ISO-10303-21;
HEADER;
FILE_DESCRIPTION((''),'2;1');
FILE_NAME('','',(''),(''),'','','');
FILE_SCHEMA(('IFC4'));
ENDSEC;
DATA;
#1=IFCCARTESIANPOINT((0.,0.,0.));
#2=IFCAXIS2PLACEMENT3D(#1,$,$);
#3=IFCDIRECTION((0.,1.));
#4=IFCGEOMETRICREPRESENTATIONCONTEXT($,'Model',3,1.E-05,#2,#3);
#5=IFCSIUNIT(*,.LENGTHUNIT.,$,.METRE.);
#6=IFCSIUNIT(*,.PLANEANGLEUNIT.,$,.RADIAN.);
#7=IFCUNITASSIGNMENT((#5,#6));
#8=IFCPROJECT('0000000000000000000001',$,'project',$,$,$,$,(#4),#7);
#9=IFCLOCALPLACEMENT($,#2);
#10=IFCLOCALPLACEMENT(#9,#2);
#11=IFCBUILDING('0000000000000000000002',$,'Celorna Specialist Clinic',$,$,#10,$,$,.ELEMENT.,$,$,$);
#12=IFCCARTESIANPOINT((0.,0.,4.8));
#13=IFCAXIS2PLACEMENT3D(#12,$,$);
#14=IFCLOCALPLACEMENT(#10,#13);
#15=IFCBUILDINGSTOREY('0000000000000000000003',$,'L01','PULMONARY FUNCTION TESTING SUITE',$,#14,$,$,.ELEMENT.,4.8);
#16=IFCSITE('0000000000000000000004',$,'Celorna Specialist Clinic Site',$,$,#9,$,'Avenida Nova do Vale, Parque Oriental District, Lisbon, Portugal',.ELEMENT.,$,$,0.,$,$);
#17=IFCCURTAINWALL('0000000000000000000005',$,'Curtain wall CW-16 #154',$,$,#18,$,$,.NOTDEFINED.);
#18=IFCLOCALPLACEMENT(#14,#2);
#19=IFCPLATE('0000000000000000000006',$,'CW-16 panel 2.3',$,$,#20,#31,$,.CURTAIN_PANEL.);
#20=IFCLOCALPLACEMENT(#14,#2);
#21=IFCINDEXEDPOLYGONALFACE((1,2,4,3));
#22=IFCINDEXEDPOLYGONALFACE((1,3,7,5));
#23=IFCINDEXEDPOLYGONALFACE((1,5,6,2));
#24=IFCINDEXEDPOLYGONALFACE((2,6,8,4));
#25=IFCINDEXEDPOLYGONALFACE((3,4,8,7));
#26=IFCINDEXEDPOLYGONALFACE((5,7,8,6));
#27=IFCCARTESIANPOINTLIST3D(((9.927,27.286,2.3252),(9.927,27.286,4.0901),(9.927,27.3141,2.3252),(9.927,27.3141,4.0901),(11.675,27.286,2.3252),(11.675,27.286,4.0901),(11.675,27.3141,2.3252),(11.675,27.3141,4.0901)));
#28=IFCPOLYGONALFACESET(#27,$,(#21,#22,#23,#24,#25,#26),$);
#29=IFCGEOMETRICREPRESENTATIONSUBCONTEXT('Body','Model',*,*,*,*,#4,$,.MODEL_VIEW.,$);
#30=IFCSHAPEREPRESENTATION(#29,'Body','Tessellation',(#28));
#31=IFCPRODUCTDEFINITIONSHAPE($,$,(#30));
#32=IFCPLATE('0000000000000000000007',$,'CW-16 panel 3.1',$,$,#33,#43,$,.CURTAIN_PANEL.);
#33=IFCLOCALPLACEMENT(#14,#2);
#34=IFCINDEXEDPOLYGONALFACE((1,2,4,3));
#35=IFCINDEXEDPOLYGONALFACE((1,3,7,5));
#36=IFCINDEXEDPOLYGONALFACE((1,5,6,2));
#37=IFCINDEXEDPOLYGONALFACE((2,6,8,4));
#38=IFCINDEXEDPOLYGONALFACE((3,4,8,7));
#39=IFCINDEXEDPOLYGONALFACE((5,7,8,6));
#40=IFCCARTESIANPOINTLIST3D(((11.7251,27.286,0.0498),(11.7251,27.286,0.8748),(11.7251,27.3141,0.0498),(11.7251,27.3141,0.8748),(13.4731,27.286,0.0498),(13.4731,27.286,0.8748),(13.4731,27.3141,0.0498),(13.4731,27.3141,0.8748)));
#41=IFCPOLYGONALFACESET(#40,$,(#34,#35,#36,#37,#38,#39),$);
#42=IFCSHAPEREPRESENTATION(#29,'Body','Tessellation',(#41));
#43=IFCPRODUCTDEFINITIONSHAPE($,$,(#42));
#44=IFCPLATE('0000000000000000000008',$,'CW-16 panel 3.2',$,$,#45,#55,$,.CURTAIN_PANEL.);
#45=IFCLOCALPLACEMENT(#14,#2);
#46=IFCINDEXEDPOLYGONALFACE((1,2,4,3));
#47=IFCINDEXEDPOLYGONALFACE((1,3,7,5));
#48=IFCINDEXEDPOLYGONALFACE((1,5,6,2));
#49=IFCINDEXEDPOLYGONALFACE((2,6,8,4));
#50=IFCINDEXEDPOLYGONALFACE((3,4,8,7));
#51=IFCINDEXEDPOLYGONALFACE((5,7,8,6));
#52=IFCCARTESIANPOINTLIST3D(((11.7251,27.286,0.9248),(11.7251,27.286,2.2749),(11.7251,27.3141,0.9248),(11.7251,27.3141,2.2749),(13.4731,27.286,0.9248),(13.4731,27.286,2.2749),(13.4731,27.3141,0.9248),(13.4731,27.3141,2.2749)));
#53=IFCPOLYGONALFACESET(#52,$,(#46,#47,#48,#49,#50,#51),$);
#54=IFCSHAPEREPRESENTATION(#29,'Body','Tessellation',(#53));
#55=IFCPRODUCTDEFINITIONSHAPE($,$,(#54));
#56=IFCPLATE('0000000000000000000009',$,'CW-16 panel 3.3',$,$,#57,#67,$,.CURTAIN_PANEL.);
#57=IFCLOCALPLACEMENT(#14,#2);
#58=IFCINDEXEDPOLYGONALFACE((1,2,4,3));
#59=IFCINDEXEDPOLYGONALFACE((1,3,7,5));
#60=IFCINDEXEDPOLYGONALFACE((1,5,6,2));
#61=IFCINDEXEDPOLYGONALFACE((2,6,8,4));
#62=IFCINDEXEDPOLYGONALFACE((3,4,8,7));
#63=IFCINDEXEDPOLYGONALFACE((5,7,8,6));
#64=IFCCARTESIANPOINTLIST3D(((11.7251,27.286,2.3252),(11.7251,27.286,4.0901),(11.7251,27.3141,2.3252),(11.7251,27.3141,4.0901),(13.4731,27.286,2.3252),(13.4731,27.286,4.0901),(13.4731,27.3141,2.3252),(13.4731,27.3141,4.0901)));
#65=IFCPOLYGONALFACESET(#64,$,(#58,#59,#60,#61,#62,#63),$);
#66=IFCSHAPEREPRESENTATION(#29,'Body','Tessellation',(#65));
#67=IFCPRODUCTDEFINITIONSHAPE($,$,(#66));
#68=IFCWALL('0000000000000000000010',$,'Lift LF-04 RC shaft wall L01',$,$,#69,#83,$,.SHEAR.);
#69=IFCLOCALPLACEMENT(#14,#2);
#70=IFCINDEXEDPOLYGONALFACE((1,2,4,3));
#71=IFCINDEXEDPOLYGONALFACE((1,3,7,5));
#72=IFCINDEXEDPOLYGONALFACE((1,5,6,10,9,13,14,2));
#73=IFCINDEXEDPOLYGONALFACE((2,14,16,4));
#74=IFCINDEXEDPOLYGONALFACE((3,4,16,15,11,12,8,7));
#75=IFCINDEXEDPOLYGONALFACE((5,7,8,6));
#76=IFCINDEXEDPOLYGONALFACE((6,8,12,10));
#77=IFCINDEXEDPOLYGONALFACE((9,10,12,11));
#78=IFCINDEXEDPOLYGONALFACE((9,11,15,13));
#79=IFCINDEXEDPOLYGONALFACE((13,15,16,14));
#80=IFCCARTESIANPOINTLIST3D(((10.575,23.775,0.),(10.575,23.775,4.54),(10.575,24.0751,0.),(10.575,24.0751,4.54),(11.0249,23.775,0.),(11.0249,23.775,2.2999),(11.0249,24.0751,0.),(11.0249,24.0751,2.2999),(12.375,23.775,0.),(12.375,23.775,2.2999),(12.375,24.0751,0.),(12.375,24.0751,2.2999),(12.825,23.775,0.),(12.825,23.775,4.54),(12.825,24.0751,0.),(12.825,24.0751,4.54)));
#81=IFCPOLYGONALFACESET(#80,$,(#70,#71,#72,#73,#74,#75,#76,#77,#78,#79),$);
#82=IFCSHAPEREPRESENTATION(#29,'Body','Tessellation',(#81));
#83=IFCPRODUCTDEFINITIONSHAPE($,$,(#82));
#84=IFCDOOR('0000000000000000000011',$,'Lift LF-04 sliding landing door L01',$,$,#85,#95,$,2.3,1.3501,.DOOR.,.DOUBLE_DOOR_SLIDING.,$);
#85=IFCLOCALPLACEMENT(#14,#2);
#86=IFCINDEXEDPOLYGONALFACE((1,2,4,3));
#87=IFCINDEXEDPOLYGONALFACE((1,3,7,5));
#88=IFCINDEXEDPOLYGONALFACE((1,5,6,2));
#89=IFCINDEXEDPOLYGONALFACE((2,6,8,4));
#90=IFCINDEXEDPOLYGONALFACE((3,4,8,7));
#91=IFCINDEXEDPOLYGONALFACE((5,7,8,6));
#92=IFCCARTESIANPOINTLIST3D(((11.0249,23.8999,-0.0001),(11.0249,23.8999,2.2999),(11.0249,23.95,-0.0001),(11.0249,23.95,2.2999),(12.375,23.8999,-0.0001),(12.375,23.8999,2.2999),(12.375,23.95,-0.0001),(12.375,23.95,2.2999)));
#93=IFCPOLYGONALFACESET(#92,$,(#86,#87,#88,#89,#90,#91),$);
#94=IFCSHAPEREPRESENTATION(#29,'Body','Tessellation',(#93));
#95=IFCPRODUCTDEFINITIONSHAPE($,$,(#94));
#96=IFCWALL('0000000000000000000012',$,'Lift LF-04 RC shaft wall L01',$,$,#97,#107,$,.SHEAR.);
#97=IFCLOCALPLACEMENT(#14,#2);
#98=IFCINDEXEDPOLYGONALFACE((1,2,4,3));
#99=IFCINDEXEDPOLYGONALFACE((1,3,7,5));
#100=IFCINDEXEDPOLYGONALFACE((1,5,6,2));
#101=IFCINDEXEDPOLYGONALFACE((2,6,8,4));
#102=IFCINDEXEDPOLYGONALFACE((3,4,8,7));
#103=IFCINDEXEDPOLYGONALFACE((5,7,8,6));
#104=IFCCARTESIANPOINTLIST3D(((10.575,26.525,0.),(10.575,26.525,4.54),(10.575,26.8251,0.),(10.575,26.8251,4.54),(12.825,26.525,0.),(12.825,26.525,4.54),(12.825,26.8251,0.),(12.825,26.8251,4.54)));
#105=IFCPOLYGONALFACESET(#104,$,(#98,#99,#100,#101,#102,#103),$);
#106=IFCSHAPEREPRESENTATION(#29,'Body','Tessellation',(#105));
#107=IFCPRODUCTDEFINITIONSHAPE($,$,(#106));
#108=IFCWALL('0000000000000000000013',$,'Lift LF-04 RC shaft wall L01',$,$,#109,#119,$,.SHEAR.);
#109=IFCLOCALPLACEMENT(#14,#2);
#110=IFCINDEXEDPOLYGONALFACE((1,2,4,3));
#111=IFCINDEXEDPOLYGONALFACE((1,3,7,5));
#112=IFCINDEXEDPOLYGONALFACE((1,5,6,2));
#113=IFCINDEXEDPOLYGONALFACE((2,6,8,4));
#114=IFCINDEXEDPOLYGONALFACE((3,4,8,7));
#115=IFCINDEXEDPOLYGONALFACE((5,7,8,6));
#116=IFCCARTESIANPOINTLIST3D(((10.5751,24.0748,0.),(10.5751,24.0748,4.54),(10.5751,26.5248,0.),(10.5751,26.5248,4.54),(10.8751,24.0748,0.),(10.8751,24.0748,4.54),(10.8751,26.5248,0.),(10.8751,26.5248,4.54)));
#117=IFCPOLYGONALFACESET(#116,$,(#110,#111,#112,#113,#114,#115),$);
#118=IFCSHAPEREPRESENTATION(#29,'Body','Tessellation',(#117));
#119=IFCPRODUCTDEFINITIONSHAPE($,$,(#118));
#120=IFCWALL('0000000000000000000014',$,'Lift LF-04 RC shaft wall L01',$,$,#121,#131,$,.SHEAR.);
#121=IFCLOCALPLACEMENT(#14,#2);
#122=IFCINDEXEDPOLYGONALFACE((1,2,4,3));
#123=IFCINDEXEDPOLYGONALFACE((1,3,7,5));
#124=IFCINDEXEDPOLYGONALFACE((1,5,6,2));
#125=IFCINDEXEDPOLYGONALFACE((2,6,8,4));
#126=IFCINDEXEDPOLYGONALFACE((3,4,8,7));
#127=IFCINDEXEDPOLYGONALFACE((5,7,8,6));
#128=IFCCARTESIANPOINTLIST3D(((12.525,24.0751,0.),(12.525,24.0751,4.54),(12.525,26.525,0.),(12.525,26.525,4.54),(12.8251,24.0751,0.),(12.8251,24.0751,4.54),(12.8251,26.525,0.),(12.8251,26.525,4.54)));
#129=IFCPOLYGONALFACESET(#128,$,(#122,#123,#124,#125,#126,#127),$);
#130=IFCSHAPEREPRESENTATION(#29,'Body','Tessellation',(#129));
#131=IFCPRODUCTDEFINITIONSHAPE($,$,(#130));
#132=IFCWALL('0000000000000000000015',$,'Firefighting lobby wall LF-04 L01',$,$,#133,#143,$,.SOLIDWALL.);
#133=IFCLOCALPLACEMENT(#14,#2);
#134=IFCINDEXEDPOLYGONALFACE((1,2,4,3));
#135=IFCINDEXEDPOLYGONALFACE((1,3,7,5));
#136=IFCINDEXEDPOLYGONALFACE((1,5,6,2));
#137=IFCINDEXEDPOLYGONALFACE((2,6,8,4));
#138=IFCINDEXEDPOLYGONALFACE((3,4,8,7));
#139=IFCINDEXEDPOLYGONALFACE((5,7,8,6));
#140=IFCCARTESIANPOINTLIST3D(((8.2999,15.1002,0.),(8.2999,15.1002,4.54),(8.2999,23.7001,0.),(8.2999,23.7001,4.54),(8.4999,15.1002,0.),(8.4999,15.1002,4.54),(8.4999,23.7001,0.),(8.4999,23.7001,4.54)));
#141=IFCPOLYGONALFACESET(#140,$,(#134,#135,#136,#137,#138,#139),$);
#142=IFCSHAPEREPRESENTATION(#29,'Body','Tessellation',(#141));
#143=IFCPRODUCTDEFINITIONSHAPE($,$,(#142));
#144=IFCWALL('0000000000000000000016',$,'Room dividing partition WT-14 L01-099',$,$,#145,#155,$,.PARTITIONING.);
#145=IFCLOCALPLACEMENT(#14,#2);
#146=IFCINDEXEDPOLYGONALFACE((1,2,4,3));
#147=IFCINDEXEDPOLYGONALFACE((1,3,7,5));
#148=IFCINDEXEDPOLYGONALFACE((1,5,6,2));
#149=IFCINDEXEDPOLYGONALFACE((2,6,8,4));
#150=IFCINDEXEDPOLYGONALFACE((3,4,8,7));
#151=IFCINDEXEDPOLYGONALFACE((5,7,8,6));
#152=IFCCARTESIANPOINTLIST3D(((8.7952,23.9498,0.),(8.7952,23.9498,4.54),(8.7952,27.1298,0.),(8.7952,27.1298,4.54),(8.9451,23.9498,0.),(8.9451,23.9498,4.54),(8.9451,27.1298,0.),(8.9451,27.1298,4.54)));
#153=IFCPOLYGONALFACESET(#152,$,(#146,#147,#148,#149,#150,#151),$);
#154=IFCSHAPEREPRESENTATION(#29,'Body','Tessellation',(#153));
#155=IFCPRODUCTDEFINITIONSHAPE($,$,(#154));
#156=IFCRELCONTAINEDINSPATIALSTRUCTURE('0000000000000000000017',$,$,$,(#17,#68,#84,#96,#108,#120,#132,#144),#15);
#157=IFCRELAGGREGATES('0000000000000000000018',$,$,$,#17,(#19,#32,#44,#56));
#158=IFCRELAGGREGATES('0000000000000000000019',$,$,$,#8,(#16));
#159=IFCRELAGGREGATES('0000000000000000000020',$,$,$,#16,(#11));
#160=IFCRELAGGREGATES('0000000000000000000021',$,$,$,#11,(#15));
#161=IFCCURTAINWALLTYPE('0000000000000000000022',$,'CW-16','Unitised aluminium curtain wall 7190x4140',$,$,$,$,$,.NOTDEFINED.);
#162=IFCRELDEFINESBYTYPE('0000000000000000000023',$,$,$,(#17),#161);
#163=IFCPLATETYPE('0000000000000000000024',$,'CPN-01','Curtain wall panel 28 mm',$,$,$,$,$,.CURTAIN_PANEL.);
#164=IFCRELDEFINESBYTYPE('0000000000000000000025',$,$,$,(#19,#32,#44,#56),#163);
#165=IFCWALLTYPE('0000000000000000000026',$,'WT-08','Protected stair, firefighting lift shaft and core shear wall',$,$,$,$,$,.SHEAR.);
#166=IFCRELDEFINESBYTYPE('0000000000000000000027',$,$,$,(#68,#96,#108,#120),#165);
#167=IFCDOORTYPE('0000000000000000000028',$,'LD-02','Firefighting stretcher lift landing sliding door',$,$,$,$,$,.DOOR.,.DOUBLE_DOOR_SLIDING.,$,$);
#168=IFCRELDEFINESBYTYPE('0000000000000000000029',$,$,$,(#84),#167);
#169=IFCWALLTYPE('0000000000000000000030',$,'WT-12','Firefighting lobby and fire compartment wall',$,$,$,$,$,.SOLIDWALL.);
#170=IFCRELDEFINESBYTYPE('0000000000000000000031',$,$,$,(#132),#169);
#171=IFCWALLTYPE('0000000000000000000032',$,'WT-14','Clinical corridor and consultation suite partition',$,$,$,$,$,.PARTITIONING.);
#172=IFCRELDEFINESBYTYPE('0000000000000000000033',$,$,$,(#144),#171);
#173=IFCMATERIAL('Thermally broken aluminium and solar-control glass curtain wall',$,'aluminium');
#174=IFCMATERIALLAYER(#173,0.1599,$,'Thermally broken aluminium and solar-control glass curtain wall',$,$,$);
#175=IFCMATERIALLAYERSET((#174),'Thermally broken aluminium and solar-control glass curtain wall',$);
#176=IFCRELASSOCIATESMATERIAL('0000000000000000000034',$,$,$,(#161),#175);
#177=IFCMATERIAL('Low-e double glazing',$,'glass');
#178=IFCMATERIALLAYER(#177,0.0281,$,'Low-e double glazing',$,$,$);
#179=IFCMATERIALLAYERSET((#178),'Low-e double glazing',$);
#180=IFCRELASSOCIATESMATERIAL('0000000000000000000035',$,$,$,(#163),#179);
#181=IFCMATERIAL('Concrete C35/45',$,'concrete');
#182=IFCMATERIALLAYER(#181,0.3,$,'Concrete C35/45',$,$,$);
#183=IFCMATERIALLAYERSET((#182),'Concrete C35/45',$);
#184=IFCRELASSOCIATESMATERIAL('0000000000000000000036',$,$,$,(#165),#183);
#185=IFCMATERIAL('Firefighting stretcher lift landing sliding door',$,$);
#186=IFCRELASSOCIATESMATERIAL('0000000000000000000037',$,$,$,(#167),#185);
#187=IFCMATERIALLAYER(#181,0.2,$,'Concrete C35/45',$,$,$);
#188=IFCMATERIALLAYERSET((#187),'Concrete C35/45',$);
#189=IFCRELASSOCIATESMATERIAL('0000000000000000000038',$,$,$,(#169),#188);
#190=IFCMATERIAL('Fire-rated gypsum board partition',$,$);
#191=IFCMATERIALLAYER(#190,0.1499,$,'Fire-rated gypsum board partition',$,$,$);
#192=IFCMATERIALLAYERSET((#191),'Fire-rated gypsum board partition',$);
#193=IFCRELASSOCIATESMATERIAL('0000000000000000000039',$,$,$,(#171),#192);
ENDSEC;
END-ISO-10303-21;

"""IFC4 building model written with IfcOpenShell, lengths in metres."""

from ifc_helpers import new_model, si_unit, direction, frame, frame_2d, origin, origin_2d, place, context, subcontext, project, spatial, rectangle, extrude, material, layer, layer_set, type_object, element, fill, aggregate, save


model = new_model("IFC4")

# Units and contexts
model_context = context("Model", 3, precision=1e-05, world=origin(), true_north=direction((0.0, 1.0)))
body_context = subcontext(model_context, "Body", "Model", "MODEL_VIEW")
ifc_project = project(units=[si_unit("LENGTHUNIT", "METRE"), si_unit("PLANEANGLEUNIT", "RADIAN")], contexts=[model_context])

# Site, building, storey
site_placement = place(None, origin())
site = spatial("IfcSite", under=ifc_project, at=site_placement, Name="Celorna Specialist Clinic Site", LongName="Avenida Nova do Vale, Parque Oriental District, Lisbon, Portugal", CompositionType="ELEMENT", RefElevation=0.0)
building_placement = place(site_placement, origin())
building = spatial("IfcBuilding", under=site, at=building_placement, Name="Celorna Specialist Clinic", CompositionType="ELEMENT")
storey_placement = place(building_placement, frame((0.0, 0.0, 4.8)))
storey = spatial("IfcBuildingStorey", under=building, at=storey_placement, Name="L01", Description="PULMONARY FUNCTION TESTING SUITE", CompositionType="ELEMENT", Elevation=4.8)

# Curtain wall, plates
ifc_material_1 = material(Name="Thermally broken aluminium and solar-control glass curtain wall", Category="aluminium")
ifc_layer_1 = layer(ifc_material_1, 0.1599, Name="Thermally broken aluminium and solar-control glass curtain wall")
ifc_layer_set_1 = layer_set([ifc_layer_1], Name="Thermally broken aluminium and solar-control glass curtain wall")
curtain_wall_type = type_object("IfcCurtainWallType", Name="CW-16", Description="Unitised aluminium curtain wall 7190x4140", PredefinedType="NOTDEFINED", material=ifc_layer_set_1)
curtain_wall_placement = place(storey_placement, origin())
curtain_wall = element("IfcCurtainWall", 1, at=curtain_wall_placement, inside=storey, type_object=curtain_wall_type, Name="Curtain wall CW-16 #154", PredefinedType="NOTDEFINED")
ifc_material_2 = material(Name="Low-e double glazing", Category="glass")
ifc_layer_2 = layer(ifc_material_2, 0.0281, Name="Low-e double glazing")
ifc_layer_set_2 = layer_set([ifc_layer_2], Name="Low-e double glazing")
plate_type = type_object("IfcPlateType", Name="CPN-01", Description="Curtain wall panel 28 mm", PredefinedType="CURTAIN_PANEL", material=ifc_layer_set_2)
plate_1_placement = place(storey_placement, frame((10.801, 27.3, 2.3252), z_axis=(0.0, 0.0, 1.0), x_axis=(1.0, 0.0, 0.0)))
plate_1 = element("IfcPlate", 2, at=plate_1_placement, type_object=plate_type, Name="CW-16 panel 2.3", PredefinedType="CURTAIN_PANEL", context=body_context, shape_type="SweptSolid", body=[
    extrude(rectangle(XDim=1.748, YDim=0.0281, at=origin_2d()), origin(), (0.0, 0.0, 1.0), 1.7649),
])
plate_2_placement = place(storey_placement, frame((12.5991, 27.3, 0.0498), z_axis=(0.0, 0.0, 1.0), x_axis=(1.0, 0.0, 0.0)))
plate_2 = element("IfcPlate", 3, at=plate_2_placement, type_object=plate_type, Name="CW-16 panel 3.1", PredefinedType="CURTAIN_PANEL", context=body_context, shape_type="SweptSolid", body=[
    extrude(rectangle(XDim=1.748, YDim=0.0281, at=origin_2d()), origin(), (0.0, 0.0, 1.0), 0.825),
])
plate_3_placement = place(storey_placement, frame((12.5991, 27.3, 0.9248), z_axis=(0.0, 0.0, 1.0), x_axis=(1.0, 0.0, 0.0)))
plate_3 = element("IfcPlate", 4, at=plate_3_placement, type_object=plate_type, Name="CW-16 panel 3.2", PredefinedType="CURTAIN_PANEL", context=body_context, shape_type="SweptSolid", body=[
    extrude(rectangle(XDim=1.748, YDim=0.0281, at=origin_2d()), origin(), (0.0, 0.0, 1.0), 1.3501),
])
plate_4_placement = place(storey_placement, frame((12.5991, 27.3, 2.3252), z_axis=(0.0, 0.0, 1.0), x_axis=(1.0, 0.0, 0.0)))
plate_4 = element("IfcPlate", 5, at=plate_4_placement, type_object=plate_type, Name="CW-16 panel 3.3", PredefinedType="CURTAIN_PANEL", context=body_context, shape_type="SweptSolid", body=[
    extrude(rectangle(XDim=1.748, YDim=0.0281, at=origin_2d()), origin(), (0.0, 0.0, 1.0), 1.7649),
])
aggregate(curtain_wall, [plate_1, plate_2, plate_3, plate_4])

# Wall, opening, door
ifc_material_3 = material(Name="Concrete C35/45", Category="concrete")
ifc_layer_3 = layer(ifc_material_3, 0.3, Name="Concrete C35/45")
ifc_layer_set_3 = layer_set([ifc_layer_3], Name="Concrete C35/45")
wall_type_1 = type_object("IfcWallType", Name="WT-08", Description="Protected stair, firefighting lift shaft and core shear wall", PredefinedType="SHEAR", material=ifc_layer_set_3)
wall_1_placement = place(storey_placement, frame((10.575, 23.925, 0.0), z_axis=(0.0, 0.0, 1.0), x_axis=(1.0, 0.0, 0.0)))
wall_1 = element("IfcWall", 6, at=wall_1_placement, inside=storey, type_object=wall_type_1, Name="Lift LF-04 RC shaft wall L01", PredefinedType="SHEAR", context=body_context, shape_type="SweptSolid", body=[
    extrude(rectangle(XDim=2.25, YDim=0.3, at=frame_2d((1.125, 0.0))), origin(), (0.0, 0.0, 1.0), 4.54),
])
opening_placement = place(wall_1_placement, frame((0.45, 0.0, 0.0)))
opening = element("IfcOpeningElement", 7, at=opening_placement, cuts=wall_1, PredefinedType="OPENING", context=body_context, shape_type="SweptSolid", body=[
    extrude(rectangle(XDim=1.3501, YDim=2.3, at=frame_2d((0.675, 1.1499))), frame((0.0, 0.1599, 0.0), z_axis=(0.0, -1.0, 0.0), x_axis=(1.0, 0.0, 0.0)), (0.0, 0.0, 1.0), 0.3201),
])
ifc_material_4 = material(Name="Firefighting stretcher lift landing sliding door")
door_type = type_object("IfcDoorType", Name="LD-02", Description="Firefighting stretcher lift landing sliding door", OperationType="DOUBLE_DOOR_SLIDING", PredefinedType="DOOR", material=ifc_material_4)
door_placement = place(opening_placement, origin())
door = element("IfcDoor", 8, at=door_placement, inside=storey, type_object=door_type, Name="Lift LF-04 sliding landing door L01", OperationType="DOUBLE_DOOR_SLIDING", OverallHeight=2.3, OverallWidth=1.3501, PredefinedType="DOOR", context=body_context, shape_type="SweptSolid", body=[
    extrude(rectangle(XDim=1.3501, YDim=2.3, at=frame_2d((0.675, 1.1499))), frame((0.0, 0.0249, 0.0), z_axis=(0.0, -1.0, 0.0), x_axis=(1.0, 0.0, 0.0)), (0.0, 0.0, 1.0), 0.05),
])
fill(opening, door)

# Walls
wall_2_placement = place(storey_placement, frame((12.825, 26.675, 0.0), z_axis=(0.0, 0.0, 1.0), x_axis=(-1.0, 0.0, 0.0)))
element("IfcWall", 9, at=wall_2_placement, inside=storey, type_object=wall_type_1, Name="Lift LF-04 RC shaft wall L01", PredefinedType="SHEAR", context=body_context, shape_type="SweptSolid", body=[
    extrude(rectangle(XDim=2.25, YDim=0.3, at=frame_2d((1.125, 0.0))), origin(), (0.0, 0.0, 1.0), 4.54),
])
for number, where, z_axis, x_axis, name in (
    (10, (10.7251, 26.5249, 0.0), (0.0, 0.0, 1.0), (0.0, -1.0, 0.0), "Lift LF-04 RC shaft wall L01"),
    (11, (12.675, 24.075, 0.0), (0.0, 0.0, 1.0), (0.0, 1.0, 0.0), "Lift LF-04 RC shaft wall L01"),
):
    element("IfcWall", number, at=place(storey_placement, frame(where, z_axis=z_axis, x_axis=x_axis)), inside=storey, type_object=wall_type_1, Name=name, PredefinedType="SHEAR", context=body_context, shape_type="SweptSolid", body=[
        extrude(rectangle(XDim=2.45, YDim=0.3, at=frame_2d((1.2251, 0.0))), origin(), (0.0, 0.0, 1.0), 4.54),
    ])
ifc_layer_4 = layer(ifc_material_3, 0.2, Name="Concrete C35/45")
ifc_layer_set_4 = layer_set([ifc_layer_4], Name="Concrete C35/45")
wall_type_2 = type_object("IfcWallType", Name="WT-12", Description="Firefighting lobby and fire compartment wall", PredefinedType="SOLIDWALL", material=ifc_layer_set_4)
wall_3_placement = place(storey_placement, frame((8.3999, 23.7, 0.0), z_axis=(0.0, 0.0, 1.0), x_axis=(0.0, -1.0, 0.0)))
element("IfcWall", 12, at=wall_3_placement, inside=storey, type_object=wall_type_2, Name="Firefighting lobby wall LF-04 L01", PredefinedType="SOLIDWALL", context=body_context, shape_type="SweptSolid", body=[
    extrude(rectangle(XDim=8.5999, YDim=0.2, at=frame_2d((4.2998, 0.0))), origin(), (0.0, 0.0, 1.0), 4.54),
])
ifc_material_5 = material(Name="Fire-rated gypsum board partition")
ifc_layer_5 = layer(ifc_material_5, 0.1499, Name="Fire-rated gypsum board partition")
ifc_layer_set_5 = layer_set([ifc_layer_5], Name="Fire-rated gypsum board partition")
wall_type_3 = type_object("IfcWallType", Name="WT-14", Description="Clinical corridor and consultation suite partition", PredefinedType="PARTITIONING", material=ifc_layer_set_5)
wall_4_placement = place(storey_placement, frame((8.8701, 23.95, 0.0), z_axis=(0.0, 0.0, 1.0), x_axis=(0.0, 1.0, 0.0)))
element("IfcWall", 13, at=wall_4_placement, inside=storey, type_object=wall_type_3, Name="Room dividing partition WT-14 L01-099", PredefinedType="PARTITIONING", context=body_context, shape_type="SweptSolid", body=[
    extrude(rectangle(XDim=3.1799, YDim=0.1499, at=frame_2d((1.5898, 0.0))), origin(), (0.0, 0.0, 1.0), 4.54),
])

save(model, "model.ifc")
